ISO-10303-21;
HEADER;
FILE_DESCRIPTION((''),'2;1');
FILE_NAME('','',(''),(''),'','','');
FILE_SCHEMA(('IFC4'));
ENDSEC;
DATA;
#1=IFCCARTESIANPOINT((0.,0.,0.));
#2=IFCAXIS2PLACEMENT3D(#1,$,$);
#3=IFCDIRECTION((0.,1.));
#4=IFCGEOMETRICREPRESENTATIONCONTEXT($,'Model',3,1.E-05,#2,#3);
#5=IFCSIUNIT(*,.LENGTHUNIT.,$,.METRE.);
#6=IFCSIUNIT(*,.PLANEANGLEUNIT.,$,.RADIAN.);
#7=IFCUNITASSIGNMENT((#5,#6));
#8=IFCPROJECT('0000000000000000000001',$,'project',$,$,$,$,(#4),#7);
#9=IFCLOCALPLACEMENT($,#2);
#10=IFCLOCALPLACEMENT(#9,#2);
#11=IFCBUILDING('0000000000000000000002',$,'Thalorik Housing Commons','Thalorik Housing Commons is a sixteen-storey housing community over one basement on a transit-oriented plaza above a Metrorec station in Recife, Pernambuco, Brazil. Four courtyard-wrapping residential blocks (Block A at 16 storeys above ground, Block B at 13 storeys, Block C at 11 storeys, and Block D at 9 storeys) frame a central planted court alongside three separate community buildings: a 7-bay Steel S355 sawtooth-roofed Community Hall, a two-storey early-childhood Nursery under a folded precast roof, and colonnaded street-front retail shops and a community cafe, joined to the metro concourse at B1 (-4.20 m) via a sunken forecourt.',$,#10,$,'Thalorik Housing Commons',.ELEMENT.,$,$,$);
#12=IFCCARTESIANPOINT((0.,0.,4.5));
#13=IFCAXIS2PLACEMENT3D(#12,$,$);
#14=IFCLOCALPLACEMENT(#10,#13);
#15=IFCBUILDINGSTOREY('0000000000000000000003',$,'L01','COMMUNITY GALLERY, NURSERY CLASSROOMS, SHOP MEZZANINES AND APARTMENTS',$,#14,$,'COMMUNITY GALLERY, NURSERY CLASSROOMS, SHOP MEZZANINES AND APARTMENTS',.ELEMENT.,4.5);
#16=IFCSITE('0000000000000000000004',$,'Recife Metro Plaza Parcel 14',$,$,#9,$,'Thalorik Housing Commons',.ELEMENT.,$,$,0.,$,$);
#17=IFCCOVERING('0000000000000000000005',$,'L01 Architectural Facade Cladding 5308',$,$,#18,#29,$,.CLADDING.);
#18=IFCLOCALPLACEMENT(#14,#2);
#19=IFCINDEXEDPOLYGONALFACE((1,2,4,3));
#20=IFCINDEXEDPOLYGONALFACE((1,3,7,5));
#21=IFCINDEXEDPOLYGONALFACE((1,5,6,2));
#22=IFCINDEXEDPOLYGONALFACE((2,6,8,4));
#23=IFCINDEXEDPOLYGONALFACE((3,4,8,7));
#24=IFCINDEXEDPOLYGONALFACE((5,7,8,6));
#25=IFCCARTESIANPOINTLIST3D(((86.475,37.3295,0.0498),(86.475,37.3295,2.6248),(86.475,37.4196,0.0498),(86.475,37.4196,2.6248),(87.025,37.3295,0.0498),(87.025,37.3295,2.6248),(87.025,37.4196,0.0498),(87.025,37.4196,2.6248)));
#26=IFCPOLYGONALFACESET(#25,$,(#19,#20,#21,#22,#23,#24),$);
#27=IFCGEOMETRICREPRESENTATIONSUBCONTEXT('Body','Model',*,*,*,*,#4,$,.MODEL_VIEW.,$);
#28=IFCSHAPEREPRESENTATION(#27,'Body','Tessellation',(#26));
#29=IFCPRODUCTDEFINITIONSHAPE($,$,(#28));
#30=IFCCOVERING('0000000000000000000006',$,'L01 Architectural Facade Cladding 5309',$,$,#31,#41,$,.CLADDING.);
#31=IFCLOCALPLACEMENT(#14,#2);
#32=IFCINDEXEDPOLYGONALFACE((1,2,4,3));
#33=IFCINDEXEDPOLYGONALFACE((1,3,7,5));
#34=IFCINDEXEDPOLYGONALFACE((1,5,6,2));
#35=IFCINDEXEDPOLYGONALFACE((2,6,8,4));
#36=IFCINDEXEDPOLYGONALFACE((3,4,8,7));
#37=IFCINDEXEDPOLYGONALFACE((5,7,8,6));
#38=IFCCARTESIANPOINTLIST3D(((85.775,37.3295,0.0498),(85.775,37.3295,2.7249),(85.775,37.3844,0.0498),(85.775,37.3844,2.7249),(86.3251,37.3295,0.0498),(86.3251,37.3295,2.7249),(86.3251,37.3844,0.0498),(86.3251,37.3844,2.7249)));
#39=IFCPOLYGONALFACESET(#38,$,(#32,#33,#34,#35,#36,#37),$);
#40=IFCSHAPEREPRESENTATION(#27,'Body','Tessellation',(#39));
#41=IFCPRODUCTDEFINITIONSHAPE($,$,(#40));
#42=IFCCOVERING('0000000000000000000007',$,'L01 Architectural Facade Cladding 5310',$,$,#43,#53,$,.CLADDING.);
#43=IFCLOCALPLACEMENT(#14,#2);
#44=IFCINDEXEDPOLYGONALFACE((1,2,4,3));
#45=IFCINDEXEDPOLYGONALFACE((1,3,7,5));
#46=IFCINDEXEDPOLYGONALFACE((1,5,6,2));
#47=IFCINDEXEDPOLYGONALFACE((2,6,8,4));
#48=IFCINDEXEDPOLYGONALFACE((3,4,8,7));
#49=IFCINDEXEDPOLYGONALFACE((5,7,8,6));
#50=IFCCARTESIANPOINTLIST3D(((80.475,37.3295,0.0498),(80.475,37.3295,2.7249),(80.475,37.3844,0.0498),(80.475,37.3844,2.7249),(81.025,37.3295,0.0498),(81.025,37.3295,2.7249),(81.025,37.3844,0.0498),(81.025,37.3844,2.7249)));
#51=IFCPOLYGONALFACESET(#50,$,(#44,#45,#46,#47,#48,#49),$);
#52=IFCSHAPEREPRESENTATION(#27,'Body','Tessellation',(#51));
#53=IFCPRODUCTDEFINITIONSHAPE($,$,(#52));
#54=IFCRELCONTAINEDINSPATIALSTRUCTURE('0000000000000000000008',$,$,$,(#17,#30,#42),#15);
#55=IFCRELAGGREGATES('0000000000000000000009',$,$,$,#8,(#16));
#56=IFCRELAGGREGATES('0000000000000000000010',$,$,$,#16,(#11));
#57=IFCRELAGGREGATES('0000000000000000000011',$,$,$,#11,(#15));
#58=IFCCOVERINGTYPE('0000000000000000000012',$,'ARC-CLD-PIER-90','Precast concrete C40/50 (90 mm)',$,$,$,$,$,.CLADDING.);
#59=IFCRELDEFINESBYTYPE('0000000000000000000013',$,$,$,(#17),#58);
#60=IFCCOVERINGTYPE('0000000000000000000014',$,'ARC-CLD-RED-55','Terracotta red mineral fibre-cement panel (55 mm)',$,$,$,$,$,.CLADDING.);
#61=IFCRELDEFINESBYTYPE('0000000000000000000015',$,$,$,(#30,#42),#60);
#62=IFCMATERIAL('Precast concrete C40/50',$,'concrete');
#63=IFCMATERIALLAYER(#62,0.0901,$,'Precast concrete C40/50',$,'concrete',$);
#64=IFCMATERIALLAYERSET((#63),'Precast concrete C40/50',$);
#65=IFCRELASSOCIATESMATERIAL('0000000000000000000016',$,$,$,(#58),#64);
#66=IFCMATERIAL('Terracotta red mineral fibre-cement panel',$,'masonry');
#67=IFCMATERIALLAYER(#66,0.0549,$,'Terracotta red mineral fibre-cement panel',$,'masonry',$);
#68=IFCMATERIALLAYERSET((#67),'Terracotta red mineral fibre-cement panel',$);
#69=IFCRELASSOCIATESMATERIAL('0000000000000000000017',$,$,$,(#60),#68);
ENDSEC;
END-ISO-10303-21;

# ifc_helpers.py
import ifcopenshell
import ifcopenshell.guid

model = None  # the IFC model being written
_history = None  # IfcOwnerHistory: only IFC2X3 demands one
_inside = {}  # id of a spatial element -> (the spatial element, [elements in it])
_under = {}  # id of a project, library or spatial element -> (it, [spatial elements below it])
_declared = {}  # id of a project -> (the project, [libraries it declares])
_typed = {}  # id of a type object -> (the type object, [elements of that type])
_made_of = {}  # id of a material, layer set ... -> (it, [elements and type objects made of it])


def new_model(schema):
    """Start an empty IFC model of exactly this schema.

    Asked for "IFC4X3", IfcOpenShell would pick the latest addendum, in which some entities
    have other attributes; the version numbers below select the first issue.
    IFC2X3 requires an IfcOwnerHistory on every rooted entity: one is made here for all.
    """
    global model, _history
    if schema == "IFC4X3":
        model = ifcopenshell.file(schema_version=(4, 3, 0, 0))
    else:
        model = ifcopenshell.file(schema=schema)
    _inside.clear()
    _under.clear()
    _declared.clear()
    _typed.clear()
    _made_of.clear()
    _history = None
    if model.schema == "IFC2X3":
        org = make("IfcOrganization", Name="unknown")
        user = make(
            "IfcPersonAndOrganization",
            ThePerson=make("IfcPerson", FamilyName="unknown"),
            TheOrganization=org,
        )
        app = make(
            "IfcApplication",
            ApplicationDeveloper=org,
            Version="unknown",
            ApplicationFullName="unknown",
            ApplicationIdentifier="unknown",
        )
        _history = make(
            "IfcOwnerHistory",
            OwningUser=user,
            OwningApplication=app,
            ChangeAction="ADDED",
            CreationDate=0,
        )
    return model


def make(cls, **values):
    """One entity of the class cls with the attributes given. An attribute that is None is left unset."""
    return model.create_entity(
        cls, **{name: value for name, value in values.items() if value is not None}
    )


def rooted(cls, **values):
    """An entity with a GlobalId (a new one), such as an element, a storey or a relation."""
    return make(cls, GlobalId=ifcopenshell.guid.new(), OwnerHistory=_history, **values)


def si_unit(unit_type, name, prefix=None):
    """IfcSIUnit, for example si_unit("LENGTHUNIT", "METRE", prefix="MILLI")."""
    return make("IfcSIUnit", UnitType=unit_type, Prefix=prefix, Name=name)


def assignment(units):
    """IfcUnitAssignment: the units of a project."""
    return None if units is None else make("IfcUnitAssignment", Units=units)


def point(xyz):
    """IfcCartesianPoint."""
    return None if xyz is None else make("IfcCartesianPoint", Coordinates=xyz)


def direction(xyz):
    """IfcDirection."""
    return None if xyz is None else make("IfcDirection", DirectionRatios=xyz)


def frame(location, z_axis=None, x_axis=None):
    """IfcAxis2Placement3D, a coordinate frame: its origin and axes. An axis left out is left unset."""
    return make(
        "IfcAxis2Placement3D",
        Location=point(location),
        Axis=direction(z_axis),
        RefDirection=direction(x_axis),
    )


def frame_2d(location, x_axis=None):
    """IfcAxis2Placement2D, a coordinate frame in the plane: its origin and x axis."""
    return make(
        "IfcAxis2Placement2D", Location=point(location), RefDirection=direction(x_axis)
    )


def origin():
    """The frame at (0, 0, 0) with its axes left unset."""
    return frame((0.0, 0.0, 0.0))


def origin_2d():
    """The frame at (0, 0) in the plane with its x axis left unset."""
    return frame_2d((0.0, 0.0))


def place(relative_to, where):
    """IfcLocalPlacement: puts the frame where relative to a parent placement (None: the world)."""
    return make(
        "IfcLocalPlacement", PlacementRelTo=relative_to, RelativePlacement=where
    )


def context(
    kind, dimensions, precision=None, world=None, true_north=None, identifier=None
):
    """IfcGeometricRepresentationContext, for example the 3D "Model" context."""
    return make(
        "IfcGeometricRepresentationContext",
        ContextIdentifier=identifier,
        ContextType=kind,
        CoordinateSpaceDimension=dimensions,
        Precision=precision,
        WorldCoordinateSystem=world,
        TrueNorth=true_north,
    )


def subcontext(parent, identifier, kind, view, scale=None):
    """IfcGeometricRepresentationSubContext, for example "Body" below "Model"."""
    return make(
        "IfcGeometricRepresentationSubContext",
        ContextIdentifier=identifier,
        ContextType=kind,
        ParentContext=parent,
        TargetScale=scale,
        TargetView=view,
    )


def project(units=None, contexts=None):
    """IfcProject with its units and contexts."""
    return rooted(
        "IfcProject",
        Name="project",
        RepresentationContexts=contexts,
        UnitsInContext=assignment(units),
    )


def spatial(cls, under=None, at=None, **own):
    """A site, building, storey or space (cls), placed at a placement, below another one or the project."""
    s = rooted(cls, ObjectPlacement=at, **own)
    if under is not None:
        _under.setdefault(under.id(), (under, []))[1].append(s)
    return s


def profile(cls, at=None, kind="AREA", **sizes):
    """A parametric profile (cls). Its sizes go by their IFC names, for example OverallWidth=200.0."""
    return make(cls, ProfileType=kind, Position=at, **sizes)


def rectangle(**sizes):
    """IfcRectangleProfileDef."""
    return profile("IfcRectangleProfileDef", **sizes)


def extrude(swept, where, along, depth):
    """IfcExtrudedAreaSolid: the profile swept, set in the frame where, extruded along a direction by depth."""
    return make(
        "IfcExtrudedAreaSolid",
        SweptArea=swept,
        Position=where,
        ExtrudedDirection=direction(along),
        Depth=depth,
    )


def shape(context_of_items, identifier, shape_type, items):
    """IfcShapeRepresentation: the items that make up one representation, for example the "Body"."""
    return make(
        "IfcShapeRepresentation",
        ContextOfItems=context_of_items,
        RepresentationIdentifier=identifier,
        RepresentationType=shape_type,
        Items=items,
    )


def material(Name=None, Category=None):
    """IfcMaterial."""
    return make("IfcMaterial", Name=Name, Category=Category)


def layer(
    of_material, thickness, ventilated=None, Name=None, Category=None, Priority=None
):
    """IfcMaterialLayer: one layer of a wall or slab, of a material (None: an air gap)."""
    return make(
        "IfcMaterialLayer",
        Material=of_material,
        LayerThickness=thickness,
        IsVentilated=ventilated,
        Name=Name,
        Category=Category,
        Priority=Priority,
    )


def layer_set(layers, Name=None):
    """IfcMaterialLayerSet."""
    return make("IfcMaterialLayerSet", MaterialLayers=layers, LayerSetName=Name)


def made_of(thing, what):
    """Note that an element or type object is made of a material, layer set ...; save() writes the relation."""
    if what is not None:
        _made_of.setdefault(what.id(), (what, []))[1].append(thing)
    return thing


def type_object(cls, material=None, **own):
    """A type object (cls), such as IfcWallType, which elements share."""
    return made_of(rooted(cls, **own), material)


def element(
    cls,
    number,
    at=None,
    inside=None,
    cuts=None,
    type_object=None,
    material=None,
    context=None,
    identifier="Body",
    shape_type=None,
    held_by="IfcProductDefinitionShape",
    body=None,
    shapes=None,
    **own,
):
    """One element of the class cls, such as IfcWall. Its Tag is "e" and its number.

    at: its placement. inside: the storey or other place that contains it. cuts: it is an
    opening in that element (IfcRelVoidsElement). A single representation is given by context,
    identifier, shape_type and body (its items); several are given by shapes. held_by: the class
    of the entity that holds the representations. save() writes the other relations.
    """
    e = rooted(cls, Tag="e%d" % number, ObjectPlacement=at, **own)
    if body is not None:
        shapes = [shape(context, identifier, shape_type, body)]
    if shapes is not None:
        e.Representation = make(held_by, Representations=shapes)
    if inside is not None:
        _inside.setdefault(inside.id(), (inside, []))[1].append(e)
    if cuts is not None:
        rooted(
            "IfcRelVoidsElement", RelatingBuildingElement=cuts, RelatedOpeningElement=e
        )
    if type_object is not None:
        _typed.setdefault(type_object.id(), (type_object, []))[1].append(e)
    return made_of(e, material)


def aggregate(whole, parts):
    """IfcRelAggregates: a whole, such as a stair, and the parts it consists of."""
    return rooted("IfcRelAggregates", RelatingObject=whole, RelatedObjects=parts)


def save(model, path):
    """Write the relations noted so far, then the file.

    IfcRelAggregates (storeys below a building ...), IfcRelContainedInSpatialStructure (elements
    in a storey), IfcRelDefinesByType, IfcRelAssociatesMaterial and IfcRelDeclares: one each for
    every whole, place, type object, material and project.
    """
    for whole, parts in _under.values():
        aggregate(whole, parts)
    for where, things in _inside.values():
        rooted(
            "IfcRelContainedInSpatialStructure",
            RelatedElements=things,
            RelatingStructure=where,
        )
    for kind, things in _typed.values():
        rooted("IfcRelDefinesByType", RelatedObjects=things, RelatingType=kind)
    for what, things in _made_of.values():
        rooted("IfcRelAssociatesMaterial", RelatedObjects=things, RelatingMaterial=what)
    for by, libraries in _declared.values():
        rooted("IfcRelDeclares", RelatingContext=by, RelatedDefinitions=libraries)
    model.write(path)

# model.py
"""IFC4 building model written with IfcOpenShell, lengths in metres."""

from ifc_helpers import new_model, si_unit, direction, frame, origin, origin_2d, place, context, subcontext, project, spatial, rectangle, extrude, material, layer, layer_set, type_object, element, save


model = new_model("IFC4")

# Units and contexts
model_context = context("Model", 3, precision=1e-05, world=origin(), true_north=direction((0.0, 1.0)))
body_context = subcontext(model_context, "Body", "Model", "MODEL_VIEW")
ifc_project = project(units=[si_unit("LENGTHUNIT", "METRE"), si_unit("PLANEANGLEUNIT", "RADIAN")], contexts=[model_context])

# Site, building, storey
site_placement = place(None, origin())
site = spatial("IfcSite", under=ifc_project, at=site_placement, Name="Recife Metro Plaza Parcel 14", LongName="Thalorik Housing Commons", CompositionType="ELEMENT", RefElevation=0.0)
building_placement = place(site_placement, origin())
building = spatial("IfcBuilding", under=site, at=building_placement, Name="Thalorik Housing Commons", Description="Thalorik Housing Commons is a sixteen-storey housing community over one basement on a transit-oriented plaza above a Metrorec station in Recife, Pernambuco, Brazil. Four courtyard-wrapping residential blocks (Block A at 16 storeys above ground, Block B at 13 storeys, Block C at 11 storeys, and Block D at 9 storeys) frame a central planted court alongside three separate community buildings: a 7-bay Steel S355 sawtooth-roofed Community Hall, a two-storey early-childhood Nursery under a folded precast roof, and colonnaded street-front retail shops and a community cafe, joined to the metro concourse at B1 (-4.20 m) via a sunken forecourt.", LongName="Thalorik Housing Commons", CompositionType="ELEMENT")
storey_placement = place(building_placement, frame((0.0, 0.0, 4.5)))
storey = spatial("IfcBuildingStorey", under=building, at=storey_placement, Name="L01", Description="COMMUNITY GALLERY, NURSERY CLASSROOMS, SHOP MEZZANINES AND APARTMENTS", LongName="COMMUNITY GALLERY, NURSERY CLASSROOMS, SHOP MEZZANINES AND APARTMENTS", CompositionType="ELEMENT", Elevation=4.5)

# Shared definitions
ifc_material_1 = material(Name="Precast concrete C40/50", Category="concrete")

# Coverings
ifc_layer_1 = layer(ifc_material_1, 0.0901, Name="Precast concrete C40/50", Category="concrete")
ifc_layer_set_1 = layer_set([ifc_layer_1], Name="Precast concrete C40/50")
covering_type_1 = type_object("IfcCoveringType", Name="ARC-CLD-PIER-90", Description="Precast concrete C40/50 (90 mm)", PredefinedType="CLADDING", material=ifc_layer_set_1)
for number, where, z_axis, x_axis, name in (
    (1, (86.75, 37.3745, 0.0498), (0.0, 0.0, 1.0), (-1.0, 0.0, 0.0), "L01 Architectural Facade Cladding 5308"),
):
    element("IfcCovering", number, at=place(storey_placement, frame(where, z_axis=z_axis, x_axis=x_axis)), inside=storey, type_object=covering_type_1, Name=name, PredefinedType="CLADDING", context=body_context, shape_type="SweptSolid", body=[
        extrude(rectangle(XDim=0.55, YDim=0.0901, at=origin_2d()), origin(), (0.0, 0.0, 1.0), 2.575),
    ])
ifc_material_2 = material(Name="Terracotta red mineral fibre-cement panel", Category="masonry")
ifc_layer_2 = layer(ifc_material_2, 0.0549, Name="Terracotta red mineral fibre-cement panel", Category="masonry")
ifc_layer_set_2 = layer_set([ifc_layer_2], Name="Terracotta red mineral fibre-cement panel")
covering_type_2 = type_object("IfcCoveringType", Name="ARC-CLD-RED-55", Description="Terracotta red mineral fibre-cement panel (55 mm)", PredefinedType="CLADDING", material=ifc_layer_set_2)
for number, where, z_axis, x_axis, name in (
    (2, (86.05, 37.3569, 0.0498), (0.0, 0.0, 1.0), (-1.0, 0.0, 0.0), "L01 Architectural Facade Cladding 5309"),
    (3, (80.75, 37.3569, 0.0498), (0.0, 0.0, 1.0), (-1.0, 0.0, 0.0), "L01 Architectural Facade Cladding 5310"),
):
    element("IfcCovering", number, at=place(storey_placement, frame(where, z_axis=z_axis, x_axis=x_axis)), inside=storey, type_object=covering_type_2, Name=name, PredefinedType="CLADDING", context=body_context, shape_type="SweptSolid", body=[
        extrude(rectangle(XDim=0.55, YDim=0.0549, at=origin_2d()), origin(), (0.0, 0.0, 1.0), 2.675),
    ])

save(model, "model.ifc")
